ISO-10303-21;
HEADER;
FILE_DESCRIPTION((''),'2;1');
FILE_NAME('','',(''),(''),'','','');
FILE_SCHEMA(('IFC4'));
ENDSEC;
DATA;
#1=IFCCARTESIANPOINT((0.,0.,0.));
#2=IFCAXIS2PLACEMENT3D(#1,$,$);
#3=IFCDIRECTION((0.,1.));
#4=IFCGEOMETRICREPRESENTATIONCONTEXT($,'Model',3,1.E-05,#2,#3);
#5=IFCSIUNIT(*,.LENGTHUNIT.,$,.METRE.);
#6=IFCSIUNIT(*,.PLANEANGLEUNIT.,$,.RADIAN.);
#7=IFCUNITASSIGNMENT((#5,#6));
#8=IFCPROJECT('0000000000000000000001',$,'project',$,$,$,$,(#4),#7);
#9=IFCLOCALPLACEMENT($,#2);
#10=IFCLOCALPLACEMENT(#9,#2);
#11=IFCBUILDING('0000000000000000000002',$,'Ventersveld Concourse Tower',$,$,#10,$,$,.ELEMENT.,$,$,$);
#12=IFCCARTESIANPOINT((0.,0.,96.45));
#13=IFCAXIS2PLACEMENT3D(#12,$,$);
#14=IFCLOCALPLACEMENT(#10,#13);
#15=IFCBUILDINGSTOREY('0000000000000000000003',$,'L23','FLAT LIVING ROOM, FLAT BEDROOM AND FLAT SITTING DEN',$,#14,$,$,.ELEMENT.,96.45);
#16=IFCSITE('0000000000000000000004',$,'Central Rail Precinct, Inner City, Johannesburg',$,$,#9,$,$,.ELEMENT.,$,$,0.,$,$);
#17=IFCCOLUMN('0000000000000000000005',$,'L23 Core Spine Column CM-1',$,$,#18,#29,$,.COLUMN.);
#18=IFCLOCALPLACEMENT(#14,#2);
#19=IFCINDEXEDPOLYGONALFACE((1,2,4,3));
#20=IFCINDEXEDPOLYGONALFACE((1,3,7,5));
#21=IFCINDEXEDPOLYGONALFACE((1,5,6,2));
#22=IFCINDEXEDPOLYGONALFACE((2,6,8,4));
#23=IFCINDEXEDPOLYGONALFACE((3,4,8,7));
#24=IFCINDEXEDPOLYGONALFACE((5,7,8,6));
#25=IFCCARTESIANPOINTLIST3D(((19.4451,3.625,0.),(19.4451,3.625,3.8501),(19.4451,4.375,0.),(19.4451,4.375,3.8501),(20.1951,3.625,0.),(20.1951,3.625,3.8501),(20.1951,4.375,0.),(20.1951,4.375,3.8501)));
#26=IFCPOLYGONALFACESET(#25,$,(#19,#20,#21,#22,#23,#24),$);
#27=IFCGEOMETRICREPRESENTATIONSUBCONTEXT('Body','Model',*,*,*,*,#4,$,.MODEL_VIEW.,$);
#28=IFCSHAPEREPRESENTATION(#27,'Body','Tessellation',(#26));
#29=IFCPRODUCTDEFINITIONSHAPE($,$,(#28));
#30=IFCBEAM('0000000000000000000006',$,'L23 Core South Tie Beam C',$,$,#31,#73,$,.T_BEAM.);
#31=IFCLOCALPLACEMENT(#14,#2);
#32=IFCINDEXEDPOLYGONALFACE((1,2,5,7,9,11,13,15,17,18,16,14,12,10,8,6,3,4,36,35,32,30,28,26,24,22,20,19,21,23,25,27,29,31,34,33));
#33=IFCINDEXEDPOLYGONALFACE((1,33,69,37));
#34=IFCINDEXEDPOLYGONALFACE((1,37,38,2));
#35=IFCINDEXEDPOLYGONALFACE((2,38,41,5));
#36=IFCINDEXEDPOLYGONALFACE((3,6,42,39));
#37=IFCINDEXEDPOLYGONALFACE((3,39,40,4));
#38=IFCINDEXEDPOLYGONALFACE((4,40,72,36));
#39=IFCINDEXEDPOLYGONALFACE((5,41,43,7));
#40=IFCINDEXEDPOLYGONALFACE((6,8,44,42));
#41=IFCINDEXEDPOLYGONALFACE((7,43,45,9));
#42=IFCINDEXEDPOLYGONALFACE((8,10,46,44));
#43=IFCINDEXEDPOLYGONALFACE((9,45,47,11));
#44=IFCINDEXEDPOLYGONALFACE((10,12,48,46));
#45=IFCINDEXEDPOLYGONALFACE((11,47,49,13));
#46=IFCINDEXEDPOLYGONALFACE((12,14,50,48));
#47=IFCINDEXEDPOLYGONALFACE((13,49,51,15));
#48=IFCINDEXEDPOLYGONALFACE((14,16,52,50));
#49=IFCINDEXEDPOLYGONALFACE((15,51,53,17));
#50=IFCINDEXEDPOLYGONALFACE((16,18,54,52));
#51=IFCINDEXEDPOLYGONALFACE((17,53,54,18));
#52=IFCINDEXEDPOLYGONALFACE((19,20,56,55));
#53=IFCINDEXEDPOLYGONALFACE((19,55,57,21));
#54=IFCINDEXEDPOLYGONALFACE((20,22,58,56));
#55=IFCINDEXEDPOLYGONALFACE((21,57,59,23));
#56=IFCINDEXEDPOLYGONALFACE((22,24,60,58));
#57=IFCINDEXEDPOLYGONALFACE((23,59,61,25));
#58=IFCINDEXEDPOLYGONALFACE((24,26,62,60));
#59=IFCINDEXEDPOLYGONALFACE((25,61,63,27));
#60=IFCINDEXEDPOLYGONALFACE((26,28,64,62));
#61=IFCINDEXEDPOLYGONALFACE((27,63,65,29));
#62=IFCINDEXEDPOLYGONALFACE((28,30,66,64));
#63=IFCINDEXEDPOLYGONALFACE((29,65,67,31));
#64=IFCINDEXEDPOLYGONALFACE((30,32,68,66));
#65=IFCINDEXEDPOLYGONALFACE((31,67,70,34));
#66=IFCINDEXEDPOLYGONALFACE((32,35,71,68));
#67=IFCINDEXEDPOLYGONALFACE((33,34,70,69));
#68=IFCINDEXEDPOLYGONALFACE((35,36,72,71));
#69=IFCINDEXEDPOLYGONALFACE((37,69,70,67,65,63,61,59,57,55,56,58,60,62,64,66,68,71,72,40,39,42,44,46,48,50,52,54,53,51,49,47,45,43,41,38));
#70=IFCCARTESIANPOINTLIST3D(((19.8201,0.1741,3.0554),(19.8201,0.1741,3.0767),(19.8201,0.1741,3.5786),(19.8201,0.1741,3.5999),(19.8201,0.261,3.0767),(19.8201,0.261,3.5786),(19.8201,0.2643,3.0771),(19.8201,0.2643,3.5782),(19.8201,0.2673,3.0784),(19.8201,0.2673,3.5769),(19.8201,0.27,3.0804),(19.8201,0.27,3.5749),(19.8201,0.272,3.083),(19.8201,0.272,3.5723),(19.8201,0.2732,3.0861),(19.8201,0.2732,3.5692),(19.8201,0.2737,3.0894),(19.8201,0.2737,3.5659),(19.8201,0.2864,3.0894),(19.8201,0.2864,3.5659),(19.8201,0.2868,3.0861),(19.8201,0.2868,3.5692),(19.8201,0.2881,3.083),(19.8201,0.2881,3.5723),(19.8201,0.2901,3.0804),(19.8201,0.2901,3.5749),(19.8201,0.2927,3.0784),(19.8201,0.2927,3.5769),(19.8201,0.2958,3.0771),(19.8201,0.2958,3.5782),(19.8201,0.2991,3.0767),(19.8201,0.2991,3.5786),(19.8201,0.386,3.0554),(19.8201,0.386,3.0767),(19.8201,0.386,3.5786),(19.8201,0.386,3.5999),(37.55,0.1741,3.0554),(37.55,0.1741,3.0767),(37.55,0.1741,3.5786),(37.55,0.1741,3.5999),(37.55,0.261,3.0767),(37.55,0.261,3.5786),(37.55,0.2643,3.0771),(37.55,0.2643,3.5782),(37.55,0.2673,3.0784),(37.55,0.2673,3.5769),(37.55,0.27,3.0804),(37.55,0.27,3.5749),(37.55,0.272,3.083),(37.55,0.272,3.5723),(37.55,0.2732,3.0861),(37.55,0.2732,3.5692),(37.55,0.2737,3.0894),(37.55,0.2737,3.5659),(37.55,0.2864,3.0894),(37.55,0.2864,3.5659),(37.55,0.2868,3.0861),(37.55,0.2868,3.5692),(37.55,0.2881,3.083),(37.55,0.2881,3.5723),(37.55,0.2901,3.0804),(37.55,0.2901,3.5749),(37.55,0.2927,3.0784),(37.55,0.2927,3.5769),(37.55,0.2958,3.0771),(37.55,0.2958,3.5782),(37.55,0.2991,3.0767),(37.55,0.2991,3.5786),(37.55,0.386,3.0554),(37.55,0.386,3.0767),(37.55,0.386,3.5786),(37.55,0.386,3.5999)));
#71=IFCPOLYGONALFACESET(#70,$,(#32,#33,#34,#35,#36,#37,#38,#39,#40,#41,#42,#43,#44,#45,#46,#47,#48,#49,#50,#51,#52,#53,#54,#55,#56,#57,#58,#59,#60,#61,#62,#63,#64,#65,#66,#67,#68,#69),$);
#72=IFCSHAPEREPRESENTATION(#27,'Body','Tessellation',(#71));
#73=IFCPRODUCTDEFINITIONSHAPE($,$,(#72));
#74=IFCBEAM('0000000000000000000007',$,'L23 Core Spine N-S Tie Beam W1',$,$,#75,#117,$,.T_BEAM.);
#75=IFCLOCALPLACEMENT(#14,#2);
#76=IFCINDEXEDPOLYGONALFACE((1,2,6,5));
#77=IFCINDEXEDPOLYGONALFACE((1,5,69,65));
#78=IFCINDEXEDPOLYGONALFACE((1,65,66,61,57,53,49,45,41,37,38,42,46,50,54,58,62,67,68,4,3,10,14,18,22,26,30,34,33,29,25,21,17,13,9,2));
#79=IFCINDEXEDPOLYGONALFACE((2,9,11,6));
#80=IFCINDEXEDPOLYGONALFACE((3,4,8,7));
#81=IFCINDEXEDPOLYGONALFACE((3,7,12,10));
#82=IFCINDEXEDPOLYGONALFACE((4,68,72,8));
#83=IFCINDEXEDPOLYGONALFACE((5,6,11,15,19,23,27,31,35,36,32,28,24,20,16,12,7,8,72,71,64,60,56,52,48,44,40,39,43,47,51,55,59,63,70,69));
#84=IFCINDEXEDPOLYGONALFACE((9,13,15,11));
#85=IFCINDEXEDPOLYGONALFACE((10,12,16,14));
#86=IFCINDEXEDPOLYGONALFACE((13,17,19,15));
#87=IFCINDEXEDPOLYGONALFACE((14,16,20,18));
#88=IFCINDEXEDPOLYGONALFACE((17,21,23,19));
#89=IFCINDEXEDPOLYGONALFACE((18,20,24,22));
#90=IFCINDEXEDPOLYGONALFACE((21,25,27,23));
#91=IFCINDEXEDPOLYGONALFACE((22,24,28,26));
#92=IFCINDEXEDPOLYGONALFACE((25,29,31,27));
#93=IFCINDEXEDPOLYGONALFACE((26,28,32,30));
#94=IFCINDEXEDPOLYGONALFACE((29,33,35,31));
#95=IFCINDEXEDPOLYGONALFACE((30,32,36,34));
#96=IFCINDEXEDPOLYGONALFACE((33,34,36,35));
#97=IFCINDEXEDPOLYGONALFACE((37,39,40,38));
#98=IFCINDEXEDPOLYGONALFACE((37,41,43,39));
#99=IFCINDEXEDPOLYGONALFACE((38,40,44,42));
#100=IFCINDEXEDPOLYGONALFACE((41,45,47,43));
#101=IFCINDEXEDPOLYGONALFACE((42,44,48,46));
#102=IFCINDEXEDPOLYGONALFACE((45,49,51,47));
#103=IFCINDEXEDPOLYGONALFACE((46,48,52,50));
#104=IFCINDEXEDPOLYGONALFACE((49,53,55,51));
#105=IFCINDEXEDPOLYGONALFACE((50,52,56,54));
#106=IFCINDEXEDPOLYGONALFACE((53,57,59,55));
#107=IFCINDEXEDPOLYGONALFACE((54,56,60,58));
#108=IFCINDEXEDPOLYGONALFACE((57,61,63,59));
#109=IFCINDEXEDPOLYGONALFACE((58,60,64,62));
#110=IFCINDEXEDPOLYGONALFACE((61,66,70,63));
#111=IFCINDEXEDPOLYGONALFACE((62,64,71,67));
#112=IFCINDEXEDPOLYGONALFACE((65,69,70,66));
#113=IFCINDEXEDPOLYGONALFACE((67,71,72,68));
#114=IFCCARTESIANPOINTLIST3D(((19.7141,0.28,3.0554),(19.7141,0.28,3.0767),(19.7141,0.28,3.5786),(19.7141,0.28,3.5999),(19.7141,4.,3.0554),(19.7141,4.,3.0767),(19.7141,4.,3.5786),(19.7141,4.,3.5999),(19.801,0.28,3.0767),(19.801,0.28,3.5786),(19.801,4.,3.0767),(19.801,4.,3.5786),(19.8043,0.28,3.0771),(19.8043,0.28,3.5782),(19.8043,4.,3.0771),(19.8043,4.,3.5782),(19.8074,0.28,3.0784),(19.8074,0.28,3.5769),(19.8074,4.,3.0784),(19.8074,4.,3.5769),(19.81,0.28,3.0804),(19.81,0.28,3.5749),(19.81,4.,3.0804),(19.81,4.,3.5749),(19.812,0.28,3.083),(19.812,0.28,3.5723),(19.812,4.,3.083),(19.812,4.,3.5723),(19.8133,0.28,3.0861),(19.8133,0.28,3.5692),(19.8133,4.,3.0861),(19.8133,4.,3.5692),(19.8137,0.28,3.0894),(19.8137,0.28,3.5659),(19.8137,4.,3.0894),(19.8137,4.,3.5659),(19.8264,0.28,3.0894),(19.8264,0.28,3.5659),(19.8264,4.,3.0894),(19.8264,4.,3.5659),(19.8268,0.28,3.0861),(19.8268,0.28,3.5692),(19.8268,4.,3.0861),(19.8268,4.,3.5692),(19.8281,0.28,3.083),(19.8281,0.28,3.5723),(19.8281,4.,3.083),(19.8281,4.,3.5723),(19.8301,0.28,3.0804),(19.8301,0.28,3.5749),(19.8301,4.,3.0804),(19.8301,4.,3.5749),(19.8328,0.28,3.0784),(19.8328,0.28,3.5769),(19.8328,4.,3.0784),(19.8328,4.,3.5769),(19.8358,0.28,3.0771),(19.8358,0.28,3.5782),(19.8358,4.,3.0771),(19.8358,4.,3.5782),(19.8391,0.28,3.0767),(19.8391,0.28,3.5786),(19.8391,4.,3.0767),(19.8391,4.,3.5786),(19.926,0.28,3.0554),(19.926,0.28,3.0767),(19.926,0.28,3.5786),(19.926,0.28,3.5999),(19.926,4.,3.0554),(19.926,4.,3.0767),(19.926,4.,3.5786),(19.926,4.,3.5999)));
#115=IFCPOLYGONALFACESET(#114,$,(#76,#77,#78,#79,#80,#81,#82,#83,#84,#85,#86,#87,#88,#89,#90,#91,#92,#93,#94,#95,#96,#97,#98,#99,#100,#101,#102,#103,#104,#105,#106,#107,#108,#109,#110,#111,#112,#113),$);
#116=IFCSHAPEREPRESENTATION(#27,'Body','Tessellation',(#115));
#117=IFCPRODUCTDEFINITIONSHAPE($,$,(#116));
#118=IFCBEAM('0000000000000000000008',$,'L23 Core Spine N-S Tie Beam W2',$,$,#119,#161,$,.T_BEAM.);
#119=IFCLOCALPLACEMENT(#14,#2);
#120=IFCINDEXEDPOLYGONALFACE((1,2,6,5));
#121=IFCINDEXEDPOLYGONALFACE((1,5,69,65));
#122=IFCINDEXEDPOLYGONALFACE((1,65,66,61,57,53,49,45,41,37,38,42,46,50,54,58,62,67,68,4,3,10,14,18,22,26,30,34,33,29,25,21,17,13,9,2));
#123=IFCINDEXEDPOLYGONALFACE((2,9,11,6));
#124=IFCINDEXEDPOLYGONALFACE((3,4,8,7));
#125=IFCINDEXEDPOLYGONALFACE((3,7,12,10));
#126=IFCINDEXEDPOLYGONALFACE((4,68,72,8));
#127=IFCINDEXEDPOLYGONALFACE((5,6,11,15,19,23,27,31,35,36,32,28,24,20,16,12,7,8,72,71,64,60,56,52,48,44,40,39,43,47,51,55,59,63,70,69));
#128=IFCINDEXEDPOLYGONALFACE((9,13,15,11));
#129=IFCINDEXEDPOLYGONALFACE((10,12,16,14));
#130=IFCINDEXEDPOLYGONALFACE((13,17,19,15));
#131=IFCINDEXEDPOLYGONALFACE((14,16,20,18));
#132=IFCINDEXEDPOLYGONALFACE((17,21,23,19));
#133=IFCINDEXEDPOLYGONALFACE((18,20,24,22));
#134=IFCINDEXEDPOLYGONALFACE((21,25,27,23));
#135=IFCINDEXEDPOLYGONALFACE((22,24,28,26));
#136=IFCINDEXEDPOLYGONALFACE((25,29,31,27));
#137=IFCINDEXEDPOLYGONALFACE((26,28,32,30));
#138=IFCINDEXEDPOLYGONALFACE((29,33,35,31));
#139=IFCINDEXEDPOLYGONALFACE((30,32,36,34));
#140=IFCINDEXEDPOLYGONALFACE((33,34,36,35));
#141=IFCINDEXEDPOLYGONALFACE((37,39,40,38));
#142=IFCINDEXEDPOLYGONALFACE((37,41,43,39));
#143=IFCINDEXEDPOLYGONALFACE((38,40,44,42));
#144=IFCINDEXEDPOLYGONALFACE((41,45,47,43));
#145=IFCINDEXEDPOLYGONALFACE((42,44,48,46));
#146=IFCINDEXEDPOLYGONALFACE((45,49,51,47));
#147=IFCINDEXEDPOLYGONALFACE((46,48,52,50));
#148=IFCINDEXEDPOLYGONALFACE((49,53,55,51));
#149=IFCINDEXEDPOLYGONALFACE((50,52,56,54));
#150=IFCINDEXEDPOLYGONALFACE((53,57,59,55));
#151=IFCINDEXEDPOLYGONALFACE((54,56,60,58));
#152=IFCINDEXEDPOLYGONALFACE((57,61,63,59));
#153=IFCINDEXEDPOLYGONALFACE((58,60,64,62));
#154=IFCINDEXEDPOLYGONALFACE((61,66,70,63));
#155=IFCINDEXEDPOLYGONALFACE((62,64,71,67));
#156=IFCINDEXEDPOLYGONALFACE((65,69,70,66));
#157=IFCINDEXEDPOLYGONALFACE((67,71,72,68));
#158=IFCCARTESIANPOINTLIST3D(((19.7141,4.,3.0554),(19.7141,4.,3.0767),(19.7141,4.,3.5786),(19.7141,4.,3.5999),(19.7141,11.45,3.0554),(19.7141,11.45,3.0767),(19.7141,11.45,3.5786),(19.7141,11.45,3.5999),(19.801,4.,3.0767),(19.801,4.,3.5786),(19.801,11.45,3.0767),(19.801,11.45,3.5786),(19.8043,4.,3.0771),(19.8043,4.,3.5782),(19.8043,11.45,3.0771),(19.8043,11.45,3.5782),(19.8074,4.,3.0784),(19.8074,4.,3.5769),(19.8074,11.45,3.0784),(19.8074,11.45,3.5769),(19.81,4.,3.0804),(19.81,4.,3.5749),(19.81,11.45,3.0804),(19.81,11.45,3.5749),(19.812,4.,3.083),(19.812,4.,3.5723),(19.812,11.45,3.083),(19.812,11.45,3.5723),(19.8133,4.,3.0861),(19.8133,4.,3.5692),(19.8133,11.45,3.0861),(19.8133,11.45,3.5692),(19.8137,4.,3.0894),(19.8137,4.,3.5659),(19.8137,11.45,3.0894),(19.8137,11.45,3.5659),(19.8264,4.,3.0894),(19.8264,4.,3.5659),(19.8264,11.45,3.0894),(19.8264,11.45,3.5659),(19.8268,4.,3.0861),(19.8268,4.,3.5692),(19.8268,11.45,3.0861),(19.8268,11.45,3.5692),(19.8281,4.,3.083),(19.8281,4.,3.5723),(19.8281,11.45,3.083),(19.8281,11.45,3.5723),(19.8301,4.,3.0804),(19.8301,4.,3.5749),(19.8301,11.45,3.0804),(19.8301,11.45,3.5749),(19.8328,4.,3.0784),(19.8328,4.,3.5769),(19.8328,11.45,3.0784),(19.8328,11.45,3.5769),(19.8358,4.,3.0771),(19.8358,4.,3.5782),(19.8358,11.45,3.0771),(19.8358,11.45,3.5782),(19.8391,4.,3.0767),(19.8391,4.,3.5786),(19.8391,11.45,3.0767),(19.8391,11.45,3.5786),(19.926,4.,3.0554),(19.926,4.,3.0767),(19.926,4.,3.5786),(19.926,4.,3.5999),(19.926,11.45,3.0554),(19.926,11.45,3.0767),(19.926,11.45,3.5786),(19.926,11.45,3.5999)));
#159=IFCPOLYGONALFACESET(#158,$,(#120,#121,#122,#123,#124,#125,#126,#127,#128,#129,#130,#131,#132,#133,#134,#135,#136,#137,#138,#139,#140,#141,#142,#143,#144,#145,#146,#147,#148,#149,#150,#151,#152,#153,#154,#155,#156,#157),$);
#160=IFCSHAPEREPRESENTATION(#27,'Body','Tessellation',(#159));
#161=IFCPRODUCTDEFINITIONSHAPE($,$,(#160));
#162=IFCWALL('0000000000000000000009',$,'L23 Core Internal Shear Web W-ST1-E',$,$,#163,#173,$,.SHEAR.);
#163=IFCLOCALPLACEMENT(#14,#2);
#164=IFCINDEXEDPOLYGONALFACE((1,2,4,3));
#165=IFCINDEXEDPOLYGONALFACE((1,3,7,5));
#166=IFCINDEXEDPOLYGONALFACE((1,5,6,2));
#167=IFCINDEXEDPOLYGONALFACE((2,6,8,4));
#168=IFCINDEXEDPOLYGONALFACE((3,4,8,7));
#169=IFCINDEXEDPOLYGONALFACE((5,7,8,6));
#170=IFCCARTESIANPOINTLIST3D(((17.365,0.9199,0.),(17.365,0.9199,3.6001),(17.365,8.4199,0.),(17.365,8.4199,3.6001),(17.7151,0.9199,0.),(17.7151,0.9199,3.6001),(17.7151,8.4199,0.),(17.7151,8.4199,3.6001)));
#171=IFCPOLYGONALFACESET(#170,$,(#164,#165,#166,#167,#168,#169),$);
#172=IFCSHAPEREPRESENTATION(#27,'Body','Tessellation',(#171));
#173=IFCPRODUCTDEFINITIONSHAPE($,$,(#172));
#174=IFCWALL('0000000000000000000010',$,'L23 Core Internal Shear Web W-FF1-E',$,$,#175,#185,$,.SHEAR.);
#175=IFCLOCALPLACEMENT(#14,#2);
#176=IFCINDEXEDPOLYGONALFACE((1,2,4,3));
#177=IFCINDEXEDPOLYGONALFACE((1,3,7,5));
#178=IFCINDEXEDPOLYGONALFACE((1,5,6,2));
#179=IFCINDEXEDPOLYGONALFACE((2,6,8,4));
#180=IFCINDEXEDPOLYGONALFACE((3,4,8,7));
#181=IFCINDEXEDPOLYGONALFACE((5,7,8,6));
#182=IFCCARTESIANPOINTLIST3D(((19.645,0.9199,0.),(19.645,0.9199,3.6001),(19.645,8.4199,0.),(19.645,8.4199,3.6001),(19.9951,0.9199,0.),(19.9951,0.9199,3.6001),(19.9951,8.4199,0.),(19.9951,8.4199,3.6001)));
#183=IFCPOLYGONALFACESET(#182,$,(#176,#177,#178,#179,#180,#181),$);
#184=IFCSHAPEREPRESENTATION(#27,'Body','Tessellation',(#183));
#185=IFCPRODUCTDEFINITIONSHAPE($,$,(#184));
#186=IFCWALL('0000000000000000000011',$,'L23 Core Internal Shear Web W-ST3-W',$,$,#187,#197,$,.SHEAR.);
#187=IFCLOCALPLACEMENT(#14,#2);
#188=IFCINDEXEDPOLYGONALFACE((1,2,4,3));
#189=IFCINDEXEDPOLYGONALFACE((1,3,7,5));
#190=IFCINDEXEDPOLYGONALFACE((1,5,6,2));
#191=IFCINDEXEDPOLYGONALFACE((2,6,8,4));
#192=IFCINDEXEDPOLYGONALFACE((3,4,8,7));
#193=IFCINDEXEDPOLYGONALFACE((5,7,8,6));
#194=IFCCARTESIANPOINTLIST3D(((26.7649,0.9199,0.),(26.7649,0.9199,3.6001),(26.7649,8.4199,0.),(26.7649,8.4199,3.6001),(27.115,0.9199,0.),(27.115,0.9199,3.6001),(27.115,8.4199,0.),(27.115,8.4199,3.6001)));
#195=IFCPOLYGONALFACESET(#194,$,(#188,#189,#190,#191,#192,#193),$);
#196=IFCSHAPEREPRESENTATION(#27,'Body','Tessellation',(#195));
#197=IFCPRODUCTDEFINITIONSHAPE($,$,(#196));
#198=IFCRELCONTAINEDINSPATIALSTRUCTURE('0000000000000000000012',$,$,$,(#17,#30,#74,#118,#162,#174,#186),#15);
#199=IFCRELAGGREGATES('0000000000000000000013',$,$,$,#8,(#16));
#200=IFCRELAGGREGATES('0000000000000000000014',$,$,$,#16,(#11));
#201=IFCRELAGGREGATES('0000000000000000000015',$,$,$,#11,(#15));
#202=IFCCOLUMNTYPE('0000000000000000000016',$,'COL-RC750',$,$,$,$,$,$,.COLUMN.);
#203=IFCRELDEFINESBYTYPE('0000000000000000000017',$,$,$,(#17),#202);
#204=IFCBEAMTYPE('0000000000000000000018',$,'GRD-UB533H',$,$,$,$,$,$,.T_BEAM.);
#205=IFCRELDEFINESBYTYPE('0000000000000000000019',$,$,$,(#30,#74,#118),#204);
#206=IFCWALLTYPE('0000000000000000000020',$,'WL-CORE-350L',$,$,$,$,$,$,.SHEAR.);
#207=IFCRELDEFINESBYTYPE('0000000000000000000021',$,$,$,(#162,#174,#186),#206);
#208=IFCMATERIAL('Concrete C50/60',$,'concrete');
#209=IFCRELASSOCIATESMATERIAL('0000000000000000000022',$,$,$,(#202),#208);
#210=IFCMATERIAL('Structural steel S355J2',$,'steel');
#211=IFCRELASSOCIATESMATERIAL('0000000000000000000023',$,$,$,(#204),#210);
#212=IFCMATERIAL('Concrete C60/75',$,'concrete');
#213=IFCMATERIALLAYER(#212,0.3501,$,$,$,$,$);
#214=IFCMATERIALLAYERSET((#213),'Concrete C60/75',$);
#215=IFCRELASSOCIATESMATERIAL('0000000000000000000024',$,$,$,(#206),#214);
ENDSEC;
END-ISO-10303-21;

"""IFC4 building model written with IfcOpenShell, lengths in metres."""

from ifc_helpers import new_model, si_unit, direction, frame, frame_2d, origin, origin_2d, place, context, subcontext, project, spatial, rectangle, i_section, extrude, material, layer, layer_set, material_profile, profile_set, type_object, element, save


model = new_model("IFC4")

# Units and contexts
model_context = context("Model", 3, precision=1e-05, world=origin(), true_north=direction((0.0, 1.0)))
body_context = subcontext(model_context, "Body", "Model", "MODEL_VIEW")
ifc_project = project(units=[si_unit("LENGTHUNIT", "METRE"), si_unit("PLANEANGLEUNIT", "RADIAN")], contexts=[model_context])

# Site, building, storey
site_placement = place(None, origin())
site = spatial("IfcSite", under=ifc_project, at=site_placement, Name="Central Rail Precinct, Inner City, Johannesburg", CompositionType="ELEMENT", RefElevation=0.0)
building_placement = place(site_placement, origin())
building = spatial("IfcBuilding", under=site, at=building_placement, Name="Ventersveld Concourse Tower", CompositionType="ELEMENT")
storey_placement = place(building_placement, frame((0.0, 0.0, 96.45)))
storey = spatial("IfcBuildingStorey", under=building, at=storey_placement, Name="L23", Description="FLAT LIVING ROOM, FLAT BEDROOM AND FLAT SITTING DEN", CompositionType="ELEMENT", Elevation=96.45)

# Column
ifc_material_1 = material(Name="Concrete C50/60", Category="concrete")
ifc_material_profile_1 = material_profile(ifc_material_1, rectangle(XDim=0.75, YDim=0.75, at=origin_2d()), Name="RC 750x750")
ifc_profile_set_1 = profile_set([ifc_material_profile_1], Name="Concrete C50/60")
column_type = type_object("IfcColumnType", Name="COL-RC750", PredefinedType="COLUMN", material=ifc_profile_set_1)
column_placement = place(storey_placement, frame((19.8201, 4.0, 0.0), z_axis=(0.0, 0.0, 1.0), x_axis=(1.0, 0.0, 0.0)))
element("IfcColumn", 1, at=column_placement, inside=storey, type_object=column_type, Name="L23 Core Spine Column CM-1", PredefinedType="COLUMN", context=body_context, shape_type="SweptSolid", body=[
    extrude(rectangle(XDim=0.75, YDim=0.75, at=origin_2d()), origin(), (0.0, 0.0, 1.0), 3.8501),
])

# Beams
ifc_material_2 = material(Name="Structural steel S355J2", Category="steel")
ifc_material_profile_2 = material_profile(ifc_material_2, i_section(OverallWidth=0.2119, OverallDepth=0.5444, WebThickness=0.0127, FlangeThickness=0.0212, FilletRadius=0.0127, at=origin_2d()), Name="UB 533x210x122")
ifc_profile_set_2 = profile_set([ifc_material_profile_2], Name="Structural steel S355J2")
beam_type = type_object("IfcBeamType", Name="GRD-UB533H", PredefinedType="T_BEAM", material=ifc_profile_set_2)
beam_1_placement = place(storey_placement, frame((19.8201, 0.28, 3.3276), z_axis=(1.0, 0.0, 0.0), x_axis=(0.0, 1.0, 0.0)))
element("IfcBeam", 2, at=beam_1_placement, inside=storey, type_object=beam_type, Name="L23 Core South Tie Beam C", PredefinedType="T_BEAM", context=body_context, shape_type="SweptSolid", body=[
    extrude(i_section(OverallWidth=0.2119, OverallDepth=0.5444, WebThickness=0.0127, FlangeThickness=0.0212, FilletRadius=0.0127, at=origin_2d()), origin(), (0.0, 0.0, 1.0), 17.73),
])
beam_2_placement = place(storey_placement, frame((19.8201, 0.28, 3.3276), z_axis=(0.0, 1.0, 0.0), x_axis=(-1.0, 0.0, 0.0)))
element("IfcBeam", 3, at=beam_2_placement, inside=storey, type_object=beam_type, Name="L23 Core Spine N-S Tie Beam W1", PredefinedType="T_BEAM", context=body_context, shape_type="SweptSolid", body=[
    extrude(i_section(OverallWidth=0.2119, OverallDepth=0.5444, WebThickness=0.0127, FlangeThickness=0.0212, FilletRadius=0.0127, at=origin_2d()), origin(), (0.0, 0.0, 1.0), 3.72),
])
beam_3_placement = place(storey_placement, frame((19.8201, 4.0, 3.3276), z_axis=(0.0, 1.0, 0.0), x_axis=(-1.0, 0.0, 0.0)))
element("IfcBeam", 4, at=beam_3_placement, inside=storey, type_object=beam_type, Name="L23 Core Spine N-S Tie Beam W2", PredefinedType="T_BEAM", context=body_context, shape_type="SweptSolid", body=[
    extrude(i_section(OverallWidth=0.2119, OverallDepth=0.5444, WebThickness=0.0127, FlangeThickness=0.0212, FilletRadius=0.0127, at=origin_2d()), origin(), (0.0, 0.0, 1.0), 7.45),
])

# Walls
ifc_material_3 = material(Name="Concrete C60/75", Category="concrete")
ifc_layer_1 = layer(ifc_material_3, 0.3501)
ifc_layer_set_1 = layer_set([ifc_layer_1], Name="Concrete C60/75")
wall_type_1 = type_object("IfcWallType", Name="WL-CORE-350L", PredefinedType="SHEAR", material=ifc_layer_set_1)
for number, where, z_axis, x_axis, name in (
    (5, (17.54, 0.9199, 0.0), (0.0, 0.0, 1.0), (0.0, 1.0, 0.0), "L23 Core Internal Shear Web W-ST1-E"),
    (6, (19.8201, 0.9199, 0.0), (0.0, 0.0, 1.0), (0.0, 1.0, 0.0), "L23 Core Internal Shear Web W-FF1-E"),
    (7, (26.9399, 0.9199, 0.0), (0.0, 0.0, 1.0), (0.0, 1.0, 0.0), "L23 Core Internal Shear Web W-ST3-W"),
):
    element("IfcWall", number, at=place(storey_placement, frame(where, z_axis=z_axis, x_axis=x_axis)), inside=storey, type_object=wall_type_1, Name=name, PredefinedType="SHEAR", context=body_context, shape_type="SweptSolid", body=[
        extrude(rectangle(XDim=7.5, YDim=0.3501, at=frame_2d((3.75, 0.0))), origin(), (0.0, 0.0, 1.0), 3.6001),
    ])

save(model, "model.ifc")
